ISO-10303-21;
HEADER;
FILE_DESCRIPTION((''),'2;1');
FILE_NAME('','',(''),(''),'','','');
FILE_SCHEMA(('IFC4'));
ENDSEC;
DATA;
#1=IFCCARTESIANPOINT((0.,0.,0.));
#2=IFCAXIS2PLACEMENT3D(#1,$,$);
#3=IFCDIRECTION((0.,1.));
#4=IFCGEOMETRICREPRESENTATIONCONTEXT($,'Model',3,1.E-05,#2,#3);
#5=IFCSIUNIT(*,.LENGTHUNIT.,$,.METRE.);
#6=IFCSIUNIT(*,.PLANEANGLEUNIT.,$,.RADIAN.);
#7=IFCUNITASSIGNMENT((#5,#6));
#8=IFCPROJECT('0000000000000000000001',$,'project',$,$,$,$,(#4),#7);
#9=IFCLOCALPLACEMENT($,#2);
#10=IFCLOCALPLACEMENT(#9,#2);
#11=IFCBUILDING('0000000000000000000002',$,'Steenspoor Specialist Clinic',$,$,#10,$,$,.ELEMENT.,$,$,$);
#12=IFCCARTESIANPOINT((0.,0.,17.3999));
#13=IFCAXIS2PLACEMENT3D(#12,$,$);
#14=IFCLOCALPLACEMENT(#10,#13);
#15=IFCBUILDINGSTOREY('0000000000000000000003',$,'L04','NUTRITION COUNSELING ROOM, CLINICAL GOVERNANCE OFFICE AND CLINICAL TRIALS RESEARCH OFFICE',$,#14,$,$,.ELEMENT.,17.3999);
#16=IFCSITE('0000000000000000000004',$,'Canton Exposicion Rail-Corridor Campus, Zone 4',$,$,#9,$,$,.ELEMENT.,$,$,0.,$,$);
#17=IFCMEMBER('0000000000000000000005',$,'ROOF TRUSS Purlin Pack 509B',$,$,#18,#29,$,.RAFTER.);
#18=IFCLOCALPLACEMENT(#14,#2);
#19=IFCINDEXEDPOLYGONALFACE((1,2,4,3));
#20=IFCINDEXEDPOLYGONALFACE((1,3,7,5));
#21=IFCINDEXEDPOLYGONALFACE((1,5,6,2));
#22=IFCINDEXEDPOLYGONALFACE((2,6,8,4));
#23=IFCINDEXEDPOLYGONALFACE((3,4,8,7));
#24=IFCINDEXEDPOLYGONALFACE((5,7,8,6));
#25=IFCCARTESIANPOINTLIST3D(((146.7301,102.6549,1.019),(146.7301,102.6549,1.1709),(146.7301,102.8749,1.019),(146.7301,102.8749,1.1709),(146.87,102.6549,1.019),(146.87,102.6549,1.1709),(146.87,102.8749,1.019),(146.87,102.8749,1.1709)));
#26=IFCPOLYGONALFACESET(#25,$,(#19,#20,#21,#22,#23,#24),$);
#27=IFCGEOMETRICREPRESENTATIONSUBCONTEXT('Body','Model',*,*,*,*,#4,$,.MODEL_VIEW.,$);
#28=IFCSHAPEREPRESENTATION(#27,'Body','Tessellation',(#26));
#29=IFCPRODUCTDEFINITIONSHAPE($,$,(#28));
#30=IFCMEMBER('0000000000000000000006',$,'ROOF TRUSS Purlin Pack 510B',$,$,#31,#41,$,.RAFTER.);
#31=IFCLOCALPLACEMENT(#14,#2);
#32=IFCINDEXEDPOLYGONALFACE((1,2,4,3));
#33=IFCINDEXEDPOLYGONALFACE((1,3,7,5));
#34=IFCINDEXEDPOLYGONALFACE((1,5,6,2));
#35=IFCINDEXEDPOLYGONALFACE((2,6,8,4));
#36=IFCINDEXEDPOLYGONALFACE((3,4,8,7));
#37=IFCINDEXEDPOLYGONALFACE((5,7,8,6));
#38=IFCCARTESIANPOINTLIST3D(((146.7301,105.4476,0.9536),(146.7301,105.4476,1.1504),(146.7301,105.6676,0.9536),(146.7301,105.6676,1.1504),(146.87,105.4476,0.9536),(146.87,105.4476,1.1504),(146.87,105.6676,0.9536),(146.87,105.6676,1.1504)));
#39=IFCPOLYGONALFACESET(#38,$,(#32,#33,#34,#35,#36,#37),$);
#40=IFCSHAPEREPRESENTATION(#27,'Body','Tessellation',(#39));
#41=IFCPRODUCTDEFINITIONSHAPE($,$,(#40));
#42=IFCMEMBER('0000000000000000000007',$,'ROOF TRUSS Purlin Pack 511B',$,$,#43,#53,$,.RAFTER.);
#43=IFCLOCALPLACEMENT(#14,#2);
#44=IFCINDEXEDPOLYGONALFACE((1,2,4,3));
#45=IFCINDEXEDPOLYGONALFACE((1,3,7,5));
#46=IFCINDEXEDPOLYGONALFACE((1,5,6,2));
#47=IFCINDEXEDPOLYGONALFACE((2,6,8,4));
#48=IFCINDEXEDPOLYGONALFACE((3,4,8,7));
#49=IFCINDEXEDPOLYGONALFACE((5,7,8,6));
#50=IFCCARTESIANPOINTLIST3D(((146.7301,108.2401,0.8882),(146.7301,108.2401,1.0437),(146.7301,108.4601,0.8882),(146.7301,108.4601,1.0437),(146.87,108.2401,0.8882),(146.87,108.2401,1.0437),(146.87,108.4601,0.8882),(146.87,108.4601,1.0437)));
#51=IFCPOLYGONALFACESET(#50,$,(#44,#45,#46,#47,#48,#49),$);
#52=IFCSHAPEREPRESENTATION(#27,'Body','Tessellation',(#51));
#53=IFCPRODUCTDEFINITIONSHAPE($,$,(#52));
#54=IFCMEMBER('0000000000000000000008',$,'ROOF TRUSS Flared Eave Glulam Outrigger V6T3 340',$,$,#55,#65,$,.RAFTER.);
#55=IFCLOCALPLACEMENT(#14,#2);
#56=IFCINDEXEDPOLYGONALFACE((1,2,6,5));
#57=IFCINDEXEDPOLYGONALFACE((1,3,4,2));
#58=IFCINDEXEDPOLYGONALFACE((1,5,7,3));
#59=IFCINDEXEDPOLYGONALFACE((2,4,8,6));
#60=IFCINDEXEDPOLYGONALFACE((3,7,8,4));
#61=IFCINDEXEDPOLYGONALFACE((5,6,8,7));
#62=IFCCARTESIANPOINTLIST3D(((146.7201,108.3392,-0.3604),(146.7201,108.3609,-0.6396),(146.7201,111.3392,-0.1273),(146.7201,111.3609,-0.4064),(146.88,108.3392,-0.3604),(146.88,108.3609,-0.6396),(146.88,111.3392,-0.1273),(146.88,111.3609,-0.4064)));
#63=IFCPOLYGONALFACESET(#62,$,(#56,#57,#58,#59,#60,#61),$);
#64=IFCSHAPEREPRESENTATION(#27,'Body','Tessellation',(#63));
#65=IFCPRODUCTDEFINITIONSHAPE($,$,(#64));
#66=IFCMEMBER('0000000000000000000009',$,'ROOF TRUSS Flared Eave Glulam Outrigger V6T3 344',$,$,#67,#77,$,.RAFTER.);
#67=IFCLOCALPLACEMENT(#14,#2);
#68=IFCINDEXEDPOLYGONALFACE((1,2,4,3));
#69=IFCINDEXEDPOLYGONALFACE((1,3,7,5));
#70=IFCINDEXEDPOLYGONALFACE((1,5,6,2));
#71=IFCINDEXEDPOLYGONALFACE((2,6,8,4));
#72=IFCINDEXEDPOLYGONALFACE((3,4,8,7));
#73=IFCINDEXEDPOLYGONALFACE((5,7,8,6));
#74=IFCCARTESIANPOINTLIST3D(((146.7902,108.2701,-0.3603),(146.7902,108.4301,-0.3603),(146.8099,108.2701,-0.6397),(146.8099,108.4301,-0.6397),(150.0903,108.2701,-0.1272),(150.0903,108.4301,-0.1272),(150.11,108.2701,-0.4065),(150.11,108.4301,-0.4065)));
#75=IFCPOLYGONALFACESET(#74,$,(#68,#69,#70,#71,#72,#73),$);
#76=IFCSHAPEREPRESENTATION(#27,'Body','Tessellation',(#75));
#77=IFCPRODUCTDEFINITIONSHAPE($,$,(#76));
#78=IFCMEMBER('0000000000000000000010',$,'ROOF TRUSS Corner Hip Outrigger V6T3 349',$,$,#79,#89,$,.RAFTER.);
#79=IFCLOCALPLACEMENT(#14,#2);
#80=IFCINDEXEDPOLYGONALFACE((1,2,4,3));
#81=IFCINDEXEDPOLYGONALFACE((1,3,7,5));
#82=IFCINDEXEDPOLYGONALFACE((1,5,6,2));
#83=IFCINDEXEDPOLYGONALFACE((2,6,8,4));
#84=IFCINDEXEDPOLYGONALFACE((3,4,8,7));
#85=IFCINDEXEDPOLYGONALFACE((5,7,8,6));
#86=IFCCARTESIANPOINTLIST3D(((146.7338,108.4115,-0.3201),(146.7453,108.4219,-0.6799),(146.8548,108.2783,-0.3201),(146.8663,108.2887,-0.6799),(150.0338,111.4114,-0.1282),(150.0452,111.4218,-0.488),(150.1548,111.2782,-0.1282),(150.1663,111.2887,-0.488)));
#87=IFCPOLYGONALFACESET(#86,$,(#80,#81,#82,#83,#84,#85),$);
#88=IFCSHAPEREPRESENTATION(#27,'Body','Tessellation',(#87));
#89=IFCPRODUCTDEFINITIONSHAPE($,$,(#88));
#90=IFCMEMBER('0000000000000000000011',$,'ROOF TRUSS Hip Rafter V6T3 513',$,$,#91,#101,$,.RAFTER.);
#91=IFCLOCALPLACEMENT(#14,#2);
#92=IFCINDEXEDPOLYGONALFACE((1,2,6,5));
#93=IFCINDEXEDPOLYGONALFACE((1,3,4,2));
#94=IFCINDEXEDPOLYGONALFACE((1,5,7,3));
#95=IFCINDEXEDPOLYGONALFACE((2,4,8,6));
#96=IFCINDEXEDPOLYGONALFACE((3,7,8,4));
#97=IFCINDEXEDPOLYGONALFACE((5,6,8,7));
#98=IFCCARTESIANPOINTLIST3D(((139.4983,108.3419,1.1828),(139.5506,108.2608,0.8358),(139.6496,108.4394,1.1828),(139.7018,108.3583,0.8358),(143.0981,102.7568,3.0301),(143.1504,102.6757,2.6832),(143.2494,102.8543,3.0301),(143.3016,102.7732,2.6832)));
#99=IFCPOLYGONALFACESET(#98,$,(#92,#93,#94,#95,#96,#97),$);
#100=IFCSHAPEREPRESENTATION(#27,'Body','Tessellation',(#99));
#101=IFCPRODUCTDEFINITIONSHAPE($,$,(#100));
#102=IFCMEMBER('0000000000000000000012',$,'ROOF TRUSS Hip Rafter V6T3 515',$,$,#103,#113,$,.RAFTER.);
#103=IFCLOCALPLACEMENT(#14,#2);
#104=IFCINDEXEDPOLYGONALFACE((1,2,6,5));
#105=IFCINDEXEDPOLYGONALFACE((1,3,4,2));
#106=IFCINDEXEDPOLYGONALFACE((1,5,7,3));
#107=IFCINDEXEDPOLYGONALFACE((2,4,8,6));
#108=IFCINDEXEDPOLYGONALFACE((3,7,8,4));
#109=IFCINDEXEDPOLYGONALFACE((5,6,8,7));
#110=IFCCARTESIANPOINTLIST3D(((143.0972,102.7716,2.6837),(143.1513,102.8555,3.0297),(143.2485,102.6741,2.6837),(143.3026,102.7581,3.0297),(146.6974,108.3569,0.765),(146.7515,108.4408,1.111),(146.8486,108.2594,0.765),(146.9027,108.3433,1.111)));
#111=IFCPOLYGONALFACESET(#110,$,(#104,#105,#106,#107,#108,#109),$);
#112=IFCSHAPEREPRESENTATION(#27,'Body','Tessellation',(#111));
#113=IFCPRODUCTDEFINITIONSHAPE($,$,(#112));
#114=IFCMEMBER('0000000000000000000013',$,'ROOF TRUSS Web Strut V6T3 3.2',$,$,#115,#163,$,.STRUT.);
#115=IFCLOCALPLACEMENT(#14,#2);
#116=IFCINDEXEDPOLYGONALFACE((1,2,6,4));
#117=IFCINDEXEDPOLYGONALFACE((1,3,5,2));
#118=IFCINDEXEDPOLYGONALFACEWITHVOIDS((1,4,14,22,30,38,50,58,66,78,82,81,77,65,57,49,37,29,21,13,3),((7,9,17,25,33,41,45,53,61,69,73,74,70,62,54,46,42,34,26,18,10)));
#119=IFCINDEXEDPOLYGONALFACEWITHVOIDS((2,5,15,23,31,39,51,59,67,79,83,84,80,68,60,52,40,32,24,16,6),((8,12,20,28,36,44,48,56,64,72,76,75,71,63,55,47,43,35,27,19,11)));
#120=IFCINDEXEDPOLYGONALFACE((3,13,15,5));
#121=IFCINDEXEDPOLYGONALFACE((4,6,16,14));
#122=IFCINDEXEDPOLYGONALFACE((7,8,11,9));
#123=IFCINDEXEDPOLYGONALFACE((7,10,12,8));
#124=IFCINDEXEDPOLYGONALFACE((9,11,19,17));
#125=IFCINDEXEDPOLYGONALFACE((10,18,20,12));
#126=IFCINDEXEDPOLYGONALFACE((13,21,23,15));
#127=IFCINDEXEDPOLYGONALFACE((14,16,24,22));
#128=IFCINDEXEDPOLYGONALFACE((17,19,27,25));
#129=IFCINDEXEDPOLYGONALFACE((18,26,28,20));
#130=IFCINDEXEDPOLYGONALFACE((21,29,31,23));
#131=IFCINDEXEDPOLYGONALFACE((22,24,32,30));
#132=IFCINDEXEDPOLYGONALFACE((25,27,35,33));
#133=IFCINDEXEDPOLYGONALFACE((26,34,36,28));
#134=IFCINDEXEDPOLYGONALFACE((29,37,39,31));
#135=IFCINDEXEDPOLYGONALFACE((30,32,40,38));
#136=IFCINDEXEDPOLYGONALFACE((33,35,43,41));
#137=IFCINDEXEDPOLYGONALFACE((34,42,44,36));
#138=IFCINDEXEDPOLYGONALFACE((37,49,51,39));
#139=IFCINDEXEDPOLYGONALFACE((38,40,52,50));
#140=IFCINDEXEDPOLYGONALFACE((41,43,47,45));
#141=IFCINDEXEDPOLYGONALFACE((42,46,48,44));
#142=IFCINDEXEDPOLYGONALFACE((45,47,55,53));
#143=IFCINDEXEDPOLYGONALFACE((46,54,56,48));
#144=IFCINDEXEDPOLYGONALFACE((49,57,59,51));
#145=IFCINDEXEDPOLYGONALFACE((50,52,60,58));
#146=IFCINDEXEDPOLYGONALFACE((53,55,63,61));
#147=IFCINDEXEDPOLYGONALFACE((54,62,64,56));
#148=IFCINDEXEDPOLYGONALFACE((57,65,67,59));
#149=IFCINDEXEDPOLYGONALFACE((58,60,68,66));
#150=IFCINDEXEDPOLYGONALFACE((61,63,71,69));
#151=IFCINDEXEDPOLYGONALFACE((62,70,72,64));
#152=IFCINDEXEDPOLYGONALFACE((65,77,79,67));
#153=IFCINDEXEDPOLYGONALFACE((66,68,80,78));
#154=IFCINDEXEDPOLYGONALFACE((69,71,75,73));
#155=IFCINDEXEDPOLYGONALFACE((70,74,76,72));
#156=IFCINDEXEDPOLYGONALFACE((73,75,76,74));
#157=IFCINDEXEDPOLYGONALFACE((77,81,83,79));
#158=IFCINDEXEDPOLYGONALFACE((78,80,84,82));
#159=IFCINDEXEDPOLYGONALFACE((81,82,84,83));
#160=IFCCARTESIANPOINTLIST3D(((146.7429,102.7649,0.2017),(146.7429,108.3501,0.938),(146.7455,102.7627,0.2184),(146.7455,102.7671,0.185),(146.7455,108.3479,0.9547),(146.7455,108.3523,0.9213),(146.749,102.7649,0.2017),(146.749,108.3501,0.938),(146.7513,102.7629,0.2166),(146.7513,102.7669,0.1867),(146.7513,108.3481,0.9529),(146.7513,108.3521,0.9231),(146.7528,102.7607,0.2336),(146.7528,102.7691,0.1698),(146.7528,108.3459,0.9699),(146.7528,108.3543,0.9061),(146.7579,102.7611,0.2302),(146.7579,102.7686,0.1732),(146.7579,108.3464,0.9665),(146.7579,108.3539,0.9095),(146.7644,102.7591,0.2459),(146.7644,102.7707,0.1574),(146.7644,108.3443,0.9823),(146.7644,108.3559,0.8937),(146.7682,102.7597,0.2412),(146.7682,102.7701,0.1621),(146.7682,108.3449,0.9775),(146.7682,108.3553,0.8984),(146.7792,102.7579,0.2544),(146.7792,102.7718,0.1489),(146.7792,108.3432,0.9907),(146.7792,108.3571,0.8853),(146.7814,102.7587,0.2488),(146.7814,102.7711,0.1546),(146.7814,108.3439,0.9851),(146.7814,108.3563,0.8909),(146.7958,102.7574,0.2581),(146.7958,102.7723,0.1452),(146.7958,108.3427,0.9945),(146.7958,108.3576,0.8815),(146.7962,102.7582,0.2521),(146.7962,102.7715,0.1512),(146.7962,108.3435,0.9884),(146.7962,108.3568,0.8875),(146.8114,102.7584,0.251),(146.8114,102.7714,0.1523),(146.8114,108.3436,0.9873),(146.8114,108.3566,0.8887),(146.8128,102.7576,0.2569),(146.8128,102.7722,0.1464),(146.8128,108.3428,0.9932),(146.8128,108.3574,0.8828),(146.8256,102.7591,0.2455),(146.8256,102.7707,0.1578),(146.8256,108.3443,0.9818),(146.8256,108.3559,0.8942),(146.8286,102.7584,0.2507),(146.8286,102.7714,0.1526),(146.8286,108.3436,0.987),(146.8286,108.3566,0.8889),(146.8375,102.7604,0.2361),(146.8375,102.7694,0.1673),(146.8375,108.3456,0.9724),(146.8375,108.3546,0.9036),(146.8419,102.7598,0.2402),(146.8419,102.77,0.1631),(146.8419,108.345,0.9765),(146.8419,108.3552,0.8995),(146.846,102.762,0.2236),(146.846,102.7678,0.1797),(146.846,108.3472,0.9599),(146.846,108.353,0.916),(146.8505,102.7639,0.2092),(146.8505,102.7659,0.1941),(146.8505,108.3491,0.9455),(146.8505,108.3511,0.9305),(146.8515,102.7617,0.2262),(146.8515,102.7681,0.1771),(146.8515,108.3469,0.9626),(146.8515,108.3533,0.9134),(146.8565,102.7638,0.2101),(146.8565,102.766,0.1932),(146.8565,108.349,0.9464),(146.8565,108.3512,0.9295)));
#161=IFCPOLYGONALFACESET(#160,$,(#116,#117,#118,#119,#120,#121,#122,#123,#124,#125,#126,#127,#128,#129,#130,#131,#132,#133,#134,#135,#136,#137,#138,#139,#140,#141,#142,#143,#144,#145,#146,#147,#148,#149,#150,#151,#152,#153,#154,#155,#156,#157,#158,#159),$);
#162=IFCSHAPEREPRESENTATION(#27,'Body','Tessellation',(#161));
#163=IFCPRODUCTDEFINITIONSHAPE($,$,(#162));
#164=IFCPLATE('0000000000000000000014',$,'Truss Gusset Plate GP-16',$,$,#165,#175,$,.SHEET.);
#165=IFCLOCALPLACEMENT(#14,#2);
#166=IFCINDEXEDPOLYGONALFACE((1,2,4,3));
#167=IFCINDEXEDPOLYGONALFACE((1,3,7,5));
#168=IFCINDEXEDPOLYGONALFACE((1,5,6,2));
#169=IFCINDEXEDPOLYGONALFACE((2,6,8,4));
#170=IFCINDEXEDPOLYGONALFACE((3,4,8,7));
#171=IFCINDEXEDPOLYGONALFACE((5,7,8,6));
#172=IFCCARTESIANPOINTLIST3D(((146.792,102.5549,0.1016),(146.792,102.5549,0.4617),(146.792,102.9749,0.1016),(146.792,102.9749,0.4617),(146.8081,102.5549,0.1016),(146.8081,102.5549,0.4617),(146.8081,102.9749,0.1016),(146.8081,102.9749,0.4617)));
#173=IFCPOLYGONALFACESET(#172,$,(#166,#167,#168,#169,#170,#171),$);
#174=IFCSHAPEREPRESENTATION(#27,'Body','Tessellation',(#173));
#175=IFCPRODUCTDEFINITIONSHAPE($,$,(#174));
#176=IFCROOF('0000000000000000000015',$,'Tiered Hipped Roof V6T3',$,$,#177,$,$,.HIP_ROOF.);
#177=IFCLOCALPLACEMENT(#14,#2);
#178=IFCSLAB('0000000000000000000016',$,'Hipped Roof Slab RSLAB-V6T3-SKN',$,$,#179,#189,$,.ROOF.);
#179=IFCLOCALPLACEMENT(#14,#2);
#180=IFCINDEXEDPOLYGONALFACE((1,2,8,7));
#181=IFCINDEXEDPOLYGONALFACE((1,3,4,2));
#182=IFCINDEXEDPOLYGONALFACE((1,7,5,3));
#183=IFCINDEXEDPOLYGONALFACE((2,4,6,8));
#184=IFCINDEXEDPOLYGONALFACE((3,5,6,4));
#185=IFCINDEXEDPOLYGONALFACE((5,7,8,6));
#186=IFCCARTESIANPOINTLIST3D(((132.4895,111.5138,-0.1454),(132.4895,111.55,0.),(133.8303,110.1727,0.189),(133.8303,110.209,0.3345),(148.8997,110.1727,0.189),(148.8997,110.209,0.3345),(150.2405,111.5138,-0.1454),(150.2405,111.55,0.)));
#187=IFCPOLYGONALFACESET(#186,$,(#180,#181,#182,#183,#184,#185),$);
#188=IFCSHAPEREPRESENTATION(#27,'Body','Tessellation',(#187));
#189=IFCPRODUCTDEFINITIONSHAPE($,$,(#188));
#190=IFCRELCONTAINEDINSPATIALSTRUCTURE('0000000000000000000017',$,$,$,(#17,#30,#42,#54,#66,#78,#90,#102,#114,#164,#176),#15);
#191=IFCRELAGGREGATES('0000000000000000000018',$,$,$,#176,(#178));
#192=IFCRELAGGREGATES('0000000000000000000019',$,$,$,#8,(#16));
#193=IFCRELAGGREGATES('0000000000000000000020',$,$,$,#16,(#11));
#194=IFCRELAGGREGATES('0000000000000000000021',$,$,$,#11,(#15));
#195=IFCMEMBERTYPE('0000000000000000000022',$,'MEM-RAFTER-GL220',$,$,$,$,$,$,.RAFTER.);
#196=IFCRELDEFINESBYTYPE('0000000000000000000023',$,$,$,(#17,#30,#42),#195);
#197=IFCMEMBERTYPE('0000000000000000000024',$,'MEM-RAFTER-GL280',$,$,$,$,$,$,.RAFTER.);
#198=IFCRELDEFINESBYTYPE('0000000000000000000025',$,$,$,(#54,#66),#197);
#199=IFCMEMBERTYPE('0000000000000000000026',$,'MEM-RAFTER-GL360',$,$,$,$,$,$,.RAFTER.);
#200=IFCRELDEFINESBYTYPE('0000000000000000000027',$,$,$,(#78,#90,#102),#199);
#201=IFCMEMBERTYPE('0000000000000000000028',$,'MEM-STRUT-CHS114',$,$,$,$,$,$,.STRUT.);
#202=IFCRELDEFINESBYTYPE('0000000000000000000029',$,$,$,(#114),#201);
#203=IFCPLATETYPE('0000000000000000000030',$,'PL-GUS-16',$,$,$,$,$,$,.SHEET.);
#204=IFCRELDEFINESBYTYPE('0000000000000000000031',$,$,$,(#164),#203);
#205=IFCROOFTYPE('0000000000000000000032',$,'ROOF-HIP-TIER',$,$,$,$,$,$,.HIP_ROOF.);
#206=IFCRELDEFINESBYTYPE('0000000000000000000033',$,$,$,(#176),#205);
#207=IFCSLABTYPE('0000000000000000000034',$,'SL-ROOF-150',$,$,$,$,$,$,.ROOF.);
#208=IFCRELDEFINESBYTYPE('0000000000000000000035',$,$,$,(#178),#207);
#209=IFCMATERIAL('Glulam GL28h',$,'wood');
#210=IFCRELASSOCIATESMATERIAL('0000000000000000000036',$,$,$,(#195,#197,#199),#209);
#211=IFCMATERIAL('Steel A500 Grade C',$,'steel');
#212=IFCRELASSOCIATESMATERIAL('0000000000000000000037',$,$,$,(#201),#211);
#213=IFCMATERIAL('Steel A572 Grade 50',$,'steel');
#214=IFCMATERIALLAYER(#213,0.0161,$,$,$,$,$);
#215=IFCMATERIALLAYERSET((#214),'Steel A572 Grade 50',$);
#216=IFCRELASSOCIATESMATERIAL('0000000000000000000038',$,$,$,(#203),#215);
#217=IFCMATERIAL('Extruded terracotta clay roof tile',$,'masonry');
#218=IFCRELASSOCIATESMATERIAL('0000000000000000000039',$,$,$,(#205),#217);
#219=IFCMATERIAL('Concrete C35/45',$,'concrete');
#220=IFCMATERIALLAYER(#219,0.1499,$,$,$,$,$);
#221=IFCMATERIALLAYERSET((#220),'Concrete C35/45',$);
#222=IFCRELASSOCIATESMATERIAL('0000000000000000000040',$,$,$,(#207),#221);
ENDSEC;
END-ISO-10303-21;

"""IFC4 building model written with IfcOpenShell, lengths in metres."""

from ifc_helpers import new_model, si_unit, direction, frame, origin, origin_2d, place, context, subcontext, project, spatial, polyline, rectangle, hollow_circle, outline, extrude, material, layer, layer_set, material_profile, profile_set, type_object, element, aggregate, save


model = new_model("IFC4")

# Units and contexts
model_context = context("Model", 3, precision=1e-05, world=origin(), true_north=direction((0.0, 1.0)))
body_context = subcontext(model_context, "Body", "Model", "MODEL_VIEW")
ifc_project = project(units=[si_unit("LENGTHUNIT", "METRE"), si_unit("PLANEANGLEUNIT", "RADIAN")], contexts=[model_context])

# Site, building, storey
site_placement = place(None, origin())
site = spatial("IfcSite", under=ifc_project, at=site_placement, Name="Canton Exposicion Rail-Corridor Campus, Zone 4", CompositionType="ELEMENT", RefElevation=0.0)
building_placement = place(site_placement, origin())
building = spatial("IfcBuilding", under=site, at=building_placement, Name="Steenspoor Specialist Clinic", CompositionType="ELEMENT")
storey_placement = place(building_placement, frame((0.0, 0.0, 17.3999)))
storey = spatial("IfcBuildingStorey", under=building, at=storey_placement, Name="L04", Description="NUTRITION COUNSELING ROOM, CLINICAL GOVERNANCE OFFICE AND CLINICAL TRIALS RESEARCH OFFICE", CompositionType="ELEMENT", Elevation=17.3999)

# Members
ifc_material_1 = material(Name="Steel A500 Grade C", Category="steel")
ifc_material_2 = material(Name="Glulam GL28h", Category="wood")
ifc_material_profile_1 = material_profile(ifc_material_2, rectangle(XDim=0.1399, YDim=0.22, at=origin_2d()), Name="GL28H-140X220")
ifc_profile_set_1 = profile_set([ifc_material_profile_1], Name="Glulam GL28h")
member_type_1 = type_object("IfcMemberType", Name="MEM-RAFTER-GL220", PredefinedType="RAFTER", material=ifc_profile_set_1)
member_1_placement = place(storey_placement, frame((146.8, 102.7649, 1.019), z_axis=(0.0, 0.0, 1.0), x_axis=(1.0, 0.0, 0.0)))
element("IfcMember", 1, at=member_1_placement, inside=storey, type_object=member_type_1, Name="ROOF TRUSS Purlin Pack 509B", PredefinedType="RAFTER", context=body_context, shape_type="SweptSolid", body=[
    extrude(rectangle(XDim=0.1399, YDim=0.22, at=origin_2d()), origin(), (0.0, 0.0, 1.0), 0.1519),
])
member_2_placement = place(storey_placement, frame((146.8, 105.5576, 0.9536), z_axis=(0.0, 0.0, 1.0), x_axis=(1.0, 0.0, 0.0)))
element("IfcMember", 2, at=member_2_placement, inside=storey, type_object=member_type_1, Name="ROOF TRUSS Purlin Pack 510B", PredefinedType="RAFTER", context=body_context, shape_type="SweptSolid", body=[
    extrude(rectangle(XDim=0.1399, YDim=0.22, at=origin_2d()), origin(), (0.0, 0.0, 1.0), 0.1968),
])
member_3_placement = place(storey_placement, frame((146.8, 108.3501, 0.8882), z_axis=(0.0, 0.0, 1.0), x_axis=(1.0, 0.0, 0.0)))
element("IfcMember", 3, at=member_3_placement, inside=storey, type_object=member_type_1, Name="ROOF TRUSS Purlin Pack 511B", PredefinedType="RAFTER", context=body_context, shape_type="SweptSolid", body=[
    extrude(rectangle(XDim=0.1399, YDim=0.22, at=origin_2d()), origin(), (0.0, 0.0, 1.0), 0.1555),
])
ifc_material_profile_2 = material_profile(ifc_material_2, rectangle(XDim=0.1599, YDim=0.28, at=origin_2d()), Name="GL28H-160X280")
ifc_profile_set_2 = profile_set([ifc_material_profile_2], Name="Glulam GL28h")
member_type_2 = type_object("IfcMemberType", Name="MEM-RAFTER-GL280", PredefinedType="RAFTER", material=ifc_profile_set_2)
member_4_placement = place(storey_placement, frame((146.8, 108.3501, -0.5), z_axis=(0.0, 0.996994, 0.077484), x_axis=(-1.0, 0.0, 0.0)))
element("IfcMember", 4, at=member_4_placement, inside=storey, type_object=member_type_2, Name="ROOF TRUSS Flared Eave Glulam Outrigger V6T3 340", PredefinedType="RAFTER", context=body_context, shape_type="SweptSolid", body=[
    extrude(rectangle(XDim=0.1599, YDim=0.28, at=origin_2d()), origin(), (0.0, 0.0, 1.0), 3.009),
])
member_5_placement = place(storey_placement, frame((146.8, 108.3501, -0.5), z_axis=(0.997513, 0.0, 0.070476), x_axis=(0.0, 1.0, 0.0)))
element("IfcMember", 5, at=member_5_placement, inside=storey, type_object=member_type_2, Name="ROOF TRUSS Flared Eave Glulam Outrigger V6T3 344", PredefinedType="RAFTER", context=body_context, shape_type="SweptSolid", body=[
    extrude(rectangle(XDim=0.1599, YDim=0.28, at=origin_2d()), origin(), (0.0, 0.0, 1.0), 3.3083),
])
ifc_material_profile_3 = material_profile(ifc_material_2, rectangle(XDim=0.1799, YDim=0.3601, at=origin_2d()), Name="GL28H-180X360")
ifc_profile_set_3 = profile_set([ifc_material_profile_3], Name="Glulam GL28h")
member_type_3 = type_object("IfcMemberType", Name="MEM-RAFTER-GL360", PredefinedType="RAFTER", material=ifc_profile_set_3)
member_6_placement = place(storey_placement, frame((146.8, 108.3501, -0.5), z_axis=(0.739261, 0.672046, 0.042987), x_axis=(-0.672667, 0.739945, 0.0)))
element("IfcMember", 6, at=member_6_placement, inside=storey, type_object=member_type_3, Name="ROOF TRUSS Corner Hip Outrigger V6T3 349", PredefinedType="RAFTER", context=body_context, shape_type="SweptSolid", body=[
    extrude(rectangle(XDim=0.1799, YDim=0.3601, at=origin_2d()), origin(), (0.0, 0.0, 1.0), 4.4639),
])
member_7_placement = place(storey_placement, frame((139.6001, 108.3501, 1.0093), z_axis=(0.521957, -0.809821, 0.267864), x_axis=(0.840537, 0.541754, 0.0)))
element("IfcMember", 7, at=member_7_placement, inside=storey, type_object=member_type_3, Name="ROOF TRUSS Hip Rafter V6T3 513", PredefinedType="RAFTER", context=body_context, shape_type="SweptSolid", body=[
    extrude(rectangle(XDim=0.1799, YDim=0.3601, at=origin_2d()), origin(), (0.0, 0.0, 1.0), 6.8967),
])
member_8_placement = place(storey_placement, frame((146.8, 108.3501, 0.938), z_axis=(-0.520516, -0.80753, 0.277413), x_axis=(0.84052, -0.54178, 0.0)))
element("IfcMember", 8, at=member_8_placement, inside=storey, type_object=member_type_3, Name="ROOF TRUSS Hip Rafter V6T3 515", PredefinedType="RAFTER", context=body_context, shape_type="SweptSolid", body=[
    extrude(rectangle(XDim=0.1799, YDim=0.3601, at=origin_2d()), origin(), (0.0, 0.0, 1.0), 6.9165),
])
ifc_material_profile_4 = material_profile(ifc_material_1, hollow_circle(Radius=0.0571, WallThickness=0.0061, at=origin_2d()), Name="CHS114X6.0")
ifc_profile_set_4 = profile_set([ifc_material_profile_4], Name="Steel A500 Grade C")
member_type_4 = type_object("IfcMemberType", Name="MEM-STRUT-CHS114", PredefinedType="STRUT", material=ifc_profile_set_4)
member_9_placement = place(storey_placement, frame((146.8, 102.7649, 0.2017), z_axis=(0.0, 0.991421, 0.130705), x_axis=(-1.0, 0.0, 0.0)))
element("IfcMember", 9, at=member_9_placement, inside=storey, type_object=member_type_4, Name="ROOF TRUSS Web Strut V6T3 3.2", PredefinedType="STRUT", context=body_context, shape_type="SweptSolid", body=[
    extrude(hollow_circle(Radius=0.0571, WallThickness=0.0061, at=origin_2d()), origin(), (0.0, 0.0, 1.0), 5.6335),
])

# Plate
ifc_material_3 = material(Name="Steel A572 Grade 50", Category="steel")
ifc_layer_1 = layer(ifc_material_3, 0.0161)
ifc_layer_set_1 = layer_set([ifc_layer_1], Name="Steel A572 Grade 50")
plate_type = type_object("IfcPlateType", Name="PL-GUS-16", PredefinedType="SHEET", material=ifc_layer_set_1)
plate_placement = place(storey_placement, frame((146.8, 102.7649, 0.1016), z_axis=(0.0, 0.0, 1.0), x_axis=(1.0, 0.0, 0.0)))
element("IfcPlate", 10, at=plate_placement, inside=storey, type_object=plate_type, Name="Truss Gusset Plate GP-16", PredefinedType="SHEET", context=body_context, shape_type="SweptSolid", body=[
    extrude(rectangle(XDim=0.0161, YDim=0.4199, at=origin_2d()), origin(), (0.0, 0.0, 1.0), 0.3601),
])

# Roof, slab
ifc_material_4 = material(Name="Extruded terracotta clay roof tile", Category="masonry")
roof_type = type_object("IfcRoofType", Name="ROOF-HIP-TIER", PredefinedType="HIP_ROOF", material=ifc_material_4)
roof_placement = place(storey_placement, origin())
roof = element("IfcRoof", 11, at=roof_placement, inside=storey, type_object=roof_type, Name="Tiered Hipped Roof V6T3", PredefinedType="HIP_ROOF")
ifc_material_5 = material(Name="Concrete C35/45", Category="concrete")
ifc_layer_2 = layer(ifc_material_5, 0.1499)
ifc_layer_set_2 = layer_set([ifc_layer_2], Name="Concrete C35/45")
slab_type = type_object("IfcSlabType", Name="SL-ROOF-150", PredefinedType="ROOF", material=ifc_layer_set_2)
slab_1_placement = place(storey_placement, frame((148.8997, 110.209, 0.3345), z_axis=(0.0, 0.241995, 0.970277), x_axis=(0.696295, 0.696422, -0.173693)))
slab_1 = element("IfcSlab", 12, at=slab_1_placement, type_object=slab_type, Name="Hipped Roof Slab RSLAB-V6T3-SKN", PredefinedType="ROOF", context=body_context, shape_type="SweptSolid", body=[
    extrude(outline(polyline([(0.0, 0.0), (1.9256, 0.0), (-10.4343, 12.7409), (-10.4927, 10.8161), (0.0, 0.0)])), origin(), (0.0, 0.0, -1.0), 0.1499),
])
aggregate(roof, [slab_1])

save(model, "model.ifc")
